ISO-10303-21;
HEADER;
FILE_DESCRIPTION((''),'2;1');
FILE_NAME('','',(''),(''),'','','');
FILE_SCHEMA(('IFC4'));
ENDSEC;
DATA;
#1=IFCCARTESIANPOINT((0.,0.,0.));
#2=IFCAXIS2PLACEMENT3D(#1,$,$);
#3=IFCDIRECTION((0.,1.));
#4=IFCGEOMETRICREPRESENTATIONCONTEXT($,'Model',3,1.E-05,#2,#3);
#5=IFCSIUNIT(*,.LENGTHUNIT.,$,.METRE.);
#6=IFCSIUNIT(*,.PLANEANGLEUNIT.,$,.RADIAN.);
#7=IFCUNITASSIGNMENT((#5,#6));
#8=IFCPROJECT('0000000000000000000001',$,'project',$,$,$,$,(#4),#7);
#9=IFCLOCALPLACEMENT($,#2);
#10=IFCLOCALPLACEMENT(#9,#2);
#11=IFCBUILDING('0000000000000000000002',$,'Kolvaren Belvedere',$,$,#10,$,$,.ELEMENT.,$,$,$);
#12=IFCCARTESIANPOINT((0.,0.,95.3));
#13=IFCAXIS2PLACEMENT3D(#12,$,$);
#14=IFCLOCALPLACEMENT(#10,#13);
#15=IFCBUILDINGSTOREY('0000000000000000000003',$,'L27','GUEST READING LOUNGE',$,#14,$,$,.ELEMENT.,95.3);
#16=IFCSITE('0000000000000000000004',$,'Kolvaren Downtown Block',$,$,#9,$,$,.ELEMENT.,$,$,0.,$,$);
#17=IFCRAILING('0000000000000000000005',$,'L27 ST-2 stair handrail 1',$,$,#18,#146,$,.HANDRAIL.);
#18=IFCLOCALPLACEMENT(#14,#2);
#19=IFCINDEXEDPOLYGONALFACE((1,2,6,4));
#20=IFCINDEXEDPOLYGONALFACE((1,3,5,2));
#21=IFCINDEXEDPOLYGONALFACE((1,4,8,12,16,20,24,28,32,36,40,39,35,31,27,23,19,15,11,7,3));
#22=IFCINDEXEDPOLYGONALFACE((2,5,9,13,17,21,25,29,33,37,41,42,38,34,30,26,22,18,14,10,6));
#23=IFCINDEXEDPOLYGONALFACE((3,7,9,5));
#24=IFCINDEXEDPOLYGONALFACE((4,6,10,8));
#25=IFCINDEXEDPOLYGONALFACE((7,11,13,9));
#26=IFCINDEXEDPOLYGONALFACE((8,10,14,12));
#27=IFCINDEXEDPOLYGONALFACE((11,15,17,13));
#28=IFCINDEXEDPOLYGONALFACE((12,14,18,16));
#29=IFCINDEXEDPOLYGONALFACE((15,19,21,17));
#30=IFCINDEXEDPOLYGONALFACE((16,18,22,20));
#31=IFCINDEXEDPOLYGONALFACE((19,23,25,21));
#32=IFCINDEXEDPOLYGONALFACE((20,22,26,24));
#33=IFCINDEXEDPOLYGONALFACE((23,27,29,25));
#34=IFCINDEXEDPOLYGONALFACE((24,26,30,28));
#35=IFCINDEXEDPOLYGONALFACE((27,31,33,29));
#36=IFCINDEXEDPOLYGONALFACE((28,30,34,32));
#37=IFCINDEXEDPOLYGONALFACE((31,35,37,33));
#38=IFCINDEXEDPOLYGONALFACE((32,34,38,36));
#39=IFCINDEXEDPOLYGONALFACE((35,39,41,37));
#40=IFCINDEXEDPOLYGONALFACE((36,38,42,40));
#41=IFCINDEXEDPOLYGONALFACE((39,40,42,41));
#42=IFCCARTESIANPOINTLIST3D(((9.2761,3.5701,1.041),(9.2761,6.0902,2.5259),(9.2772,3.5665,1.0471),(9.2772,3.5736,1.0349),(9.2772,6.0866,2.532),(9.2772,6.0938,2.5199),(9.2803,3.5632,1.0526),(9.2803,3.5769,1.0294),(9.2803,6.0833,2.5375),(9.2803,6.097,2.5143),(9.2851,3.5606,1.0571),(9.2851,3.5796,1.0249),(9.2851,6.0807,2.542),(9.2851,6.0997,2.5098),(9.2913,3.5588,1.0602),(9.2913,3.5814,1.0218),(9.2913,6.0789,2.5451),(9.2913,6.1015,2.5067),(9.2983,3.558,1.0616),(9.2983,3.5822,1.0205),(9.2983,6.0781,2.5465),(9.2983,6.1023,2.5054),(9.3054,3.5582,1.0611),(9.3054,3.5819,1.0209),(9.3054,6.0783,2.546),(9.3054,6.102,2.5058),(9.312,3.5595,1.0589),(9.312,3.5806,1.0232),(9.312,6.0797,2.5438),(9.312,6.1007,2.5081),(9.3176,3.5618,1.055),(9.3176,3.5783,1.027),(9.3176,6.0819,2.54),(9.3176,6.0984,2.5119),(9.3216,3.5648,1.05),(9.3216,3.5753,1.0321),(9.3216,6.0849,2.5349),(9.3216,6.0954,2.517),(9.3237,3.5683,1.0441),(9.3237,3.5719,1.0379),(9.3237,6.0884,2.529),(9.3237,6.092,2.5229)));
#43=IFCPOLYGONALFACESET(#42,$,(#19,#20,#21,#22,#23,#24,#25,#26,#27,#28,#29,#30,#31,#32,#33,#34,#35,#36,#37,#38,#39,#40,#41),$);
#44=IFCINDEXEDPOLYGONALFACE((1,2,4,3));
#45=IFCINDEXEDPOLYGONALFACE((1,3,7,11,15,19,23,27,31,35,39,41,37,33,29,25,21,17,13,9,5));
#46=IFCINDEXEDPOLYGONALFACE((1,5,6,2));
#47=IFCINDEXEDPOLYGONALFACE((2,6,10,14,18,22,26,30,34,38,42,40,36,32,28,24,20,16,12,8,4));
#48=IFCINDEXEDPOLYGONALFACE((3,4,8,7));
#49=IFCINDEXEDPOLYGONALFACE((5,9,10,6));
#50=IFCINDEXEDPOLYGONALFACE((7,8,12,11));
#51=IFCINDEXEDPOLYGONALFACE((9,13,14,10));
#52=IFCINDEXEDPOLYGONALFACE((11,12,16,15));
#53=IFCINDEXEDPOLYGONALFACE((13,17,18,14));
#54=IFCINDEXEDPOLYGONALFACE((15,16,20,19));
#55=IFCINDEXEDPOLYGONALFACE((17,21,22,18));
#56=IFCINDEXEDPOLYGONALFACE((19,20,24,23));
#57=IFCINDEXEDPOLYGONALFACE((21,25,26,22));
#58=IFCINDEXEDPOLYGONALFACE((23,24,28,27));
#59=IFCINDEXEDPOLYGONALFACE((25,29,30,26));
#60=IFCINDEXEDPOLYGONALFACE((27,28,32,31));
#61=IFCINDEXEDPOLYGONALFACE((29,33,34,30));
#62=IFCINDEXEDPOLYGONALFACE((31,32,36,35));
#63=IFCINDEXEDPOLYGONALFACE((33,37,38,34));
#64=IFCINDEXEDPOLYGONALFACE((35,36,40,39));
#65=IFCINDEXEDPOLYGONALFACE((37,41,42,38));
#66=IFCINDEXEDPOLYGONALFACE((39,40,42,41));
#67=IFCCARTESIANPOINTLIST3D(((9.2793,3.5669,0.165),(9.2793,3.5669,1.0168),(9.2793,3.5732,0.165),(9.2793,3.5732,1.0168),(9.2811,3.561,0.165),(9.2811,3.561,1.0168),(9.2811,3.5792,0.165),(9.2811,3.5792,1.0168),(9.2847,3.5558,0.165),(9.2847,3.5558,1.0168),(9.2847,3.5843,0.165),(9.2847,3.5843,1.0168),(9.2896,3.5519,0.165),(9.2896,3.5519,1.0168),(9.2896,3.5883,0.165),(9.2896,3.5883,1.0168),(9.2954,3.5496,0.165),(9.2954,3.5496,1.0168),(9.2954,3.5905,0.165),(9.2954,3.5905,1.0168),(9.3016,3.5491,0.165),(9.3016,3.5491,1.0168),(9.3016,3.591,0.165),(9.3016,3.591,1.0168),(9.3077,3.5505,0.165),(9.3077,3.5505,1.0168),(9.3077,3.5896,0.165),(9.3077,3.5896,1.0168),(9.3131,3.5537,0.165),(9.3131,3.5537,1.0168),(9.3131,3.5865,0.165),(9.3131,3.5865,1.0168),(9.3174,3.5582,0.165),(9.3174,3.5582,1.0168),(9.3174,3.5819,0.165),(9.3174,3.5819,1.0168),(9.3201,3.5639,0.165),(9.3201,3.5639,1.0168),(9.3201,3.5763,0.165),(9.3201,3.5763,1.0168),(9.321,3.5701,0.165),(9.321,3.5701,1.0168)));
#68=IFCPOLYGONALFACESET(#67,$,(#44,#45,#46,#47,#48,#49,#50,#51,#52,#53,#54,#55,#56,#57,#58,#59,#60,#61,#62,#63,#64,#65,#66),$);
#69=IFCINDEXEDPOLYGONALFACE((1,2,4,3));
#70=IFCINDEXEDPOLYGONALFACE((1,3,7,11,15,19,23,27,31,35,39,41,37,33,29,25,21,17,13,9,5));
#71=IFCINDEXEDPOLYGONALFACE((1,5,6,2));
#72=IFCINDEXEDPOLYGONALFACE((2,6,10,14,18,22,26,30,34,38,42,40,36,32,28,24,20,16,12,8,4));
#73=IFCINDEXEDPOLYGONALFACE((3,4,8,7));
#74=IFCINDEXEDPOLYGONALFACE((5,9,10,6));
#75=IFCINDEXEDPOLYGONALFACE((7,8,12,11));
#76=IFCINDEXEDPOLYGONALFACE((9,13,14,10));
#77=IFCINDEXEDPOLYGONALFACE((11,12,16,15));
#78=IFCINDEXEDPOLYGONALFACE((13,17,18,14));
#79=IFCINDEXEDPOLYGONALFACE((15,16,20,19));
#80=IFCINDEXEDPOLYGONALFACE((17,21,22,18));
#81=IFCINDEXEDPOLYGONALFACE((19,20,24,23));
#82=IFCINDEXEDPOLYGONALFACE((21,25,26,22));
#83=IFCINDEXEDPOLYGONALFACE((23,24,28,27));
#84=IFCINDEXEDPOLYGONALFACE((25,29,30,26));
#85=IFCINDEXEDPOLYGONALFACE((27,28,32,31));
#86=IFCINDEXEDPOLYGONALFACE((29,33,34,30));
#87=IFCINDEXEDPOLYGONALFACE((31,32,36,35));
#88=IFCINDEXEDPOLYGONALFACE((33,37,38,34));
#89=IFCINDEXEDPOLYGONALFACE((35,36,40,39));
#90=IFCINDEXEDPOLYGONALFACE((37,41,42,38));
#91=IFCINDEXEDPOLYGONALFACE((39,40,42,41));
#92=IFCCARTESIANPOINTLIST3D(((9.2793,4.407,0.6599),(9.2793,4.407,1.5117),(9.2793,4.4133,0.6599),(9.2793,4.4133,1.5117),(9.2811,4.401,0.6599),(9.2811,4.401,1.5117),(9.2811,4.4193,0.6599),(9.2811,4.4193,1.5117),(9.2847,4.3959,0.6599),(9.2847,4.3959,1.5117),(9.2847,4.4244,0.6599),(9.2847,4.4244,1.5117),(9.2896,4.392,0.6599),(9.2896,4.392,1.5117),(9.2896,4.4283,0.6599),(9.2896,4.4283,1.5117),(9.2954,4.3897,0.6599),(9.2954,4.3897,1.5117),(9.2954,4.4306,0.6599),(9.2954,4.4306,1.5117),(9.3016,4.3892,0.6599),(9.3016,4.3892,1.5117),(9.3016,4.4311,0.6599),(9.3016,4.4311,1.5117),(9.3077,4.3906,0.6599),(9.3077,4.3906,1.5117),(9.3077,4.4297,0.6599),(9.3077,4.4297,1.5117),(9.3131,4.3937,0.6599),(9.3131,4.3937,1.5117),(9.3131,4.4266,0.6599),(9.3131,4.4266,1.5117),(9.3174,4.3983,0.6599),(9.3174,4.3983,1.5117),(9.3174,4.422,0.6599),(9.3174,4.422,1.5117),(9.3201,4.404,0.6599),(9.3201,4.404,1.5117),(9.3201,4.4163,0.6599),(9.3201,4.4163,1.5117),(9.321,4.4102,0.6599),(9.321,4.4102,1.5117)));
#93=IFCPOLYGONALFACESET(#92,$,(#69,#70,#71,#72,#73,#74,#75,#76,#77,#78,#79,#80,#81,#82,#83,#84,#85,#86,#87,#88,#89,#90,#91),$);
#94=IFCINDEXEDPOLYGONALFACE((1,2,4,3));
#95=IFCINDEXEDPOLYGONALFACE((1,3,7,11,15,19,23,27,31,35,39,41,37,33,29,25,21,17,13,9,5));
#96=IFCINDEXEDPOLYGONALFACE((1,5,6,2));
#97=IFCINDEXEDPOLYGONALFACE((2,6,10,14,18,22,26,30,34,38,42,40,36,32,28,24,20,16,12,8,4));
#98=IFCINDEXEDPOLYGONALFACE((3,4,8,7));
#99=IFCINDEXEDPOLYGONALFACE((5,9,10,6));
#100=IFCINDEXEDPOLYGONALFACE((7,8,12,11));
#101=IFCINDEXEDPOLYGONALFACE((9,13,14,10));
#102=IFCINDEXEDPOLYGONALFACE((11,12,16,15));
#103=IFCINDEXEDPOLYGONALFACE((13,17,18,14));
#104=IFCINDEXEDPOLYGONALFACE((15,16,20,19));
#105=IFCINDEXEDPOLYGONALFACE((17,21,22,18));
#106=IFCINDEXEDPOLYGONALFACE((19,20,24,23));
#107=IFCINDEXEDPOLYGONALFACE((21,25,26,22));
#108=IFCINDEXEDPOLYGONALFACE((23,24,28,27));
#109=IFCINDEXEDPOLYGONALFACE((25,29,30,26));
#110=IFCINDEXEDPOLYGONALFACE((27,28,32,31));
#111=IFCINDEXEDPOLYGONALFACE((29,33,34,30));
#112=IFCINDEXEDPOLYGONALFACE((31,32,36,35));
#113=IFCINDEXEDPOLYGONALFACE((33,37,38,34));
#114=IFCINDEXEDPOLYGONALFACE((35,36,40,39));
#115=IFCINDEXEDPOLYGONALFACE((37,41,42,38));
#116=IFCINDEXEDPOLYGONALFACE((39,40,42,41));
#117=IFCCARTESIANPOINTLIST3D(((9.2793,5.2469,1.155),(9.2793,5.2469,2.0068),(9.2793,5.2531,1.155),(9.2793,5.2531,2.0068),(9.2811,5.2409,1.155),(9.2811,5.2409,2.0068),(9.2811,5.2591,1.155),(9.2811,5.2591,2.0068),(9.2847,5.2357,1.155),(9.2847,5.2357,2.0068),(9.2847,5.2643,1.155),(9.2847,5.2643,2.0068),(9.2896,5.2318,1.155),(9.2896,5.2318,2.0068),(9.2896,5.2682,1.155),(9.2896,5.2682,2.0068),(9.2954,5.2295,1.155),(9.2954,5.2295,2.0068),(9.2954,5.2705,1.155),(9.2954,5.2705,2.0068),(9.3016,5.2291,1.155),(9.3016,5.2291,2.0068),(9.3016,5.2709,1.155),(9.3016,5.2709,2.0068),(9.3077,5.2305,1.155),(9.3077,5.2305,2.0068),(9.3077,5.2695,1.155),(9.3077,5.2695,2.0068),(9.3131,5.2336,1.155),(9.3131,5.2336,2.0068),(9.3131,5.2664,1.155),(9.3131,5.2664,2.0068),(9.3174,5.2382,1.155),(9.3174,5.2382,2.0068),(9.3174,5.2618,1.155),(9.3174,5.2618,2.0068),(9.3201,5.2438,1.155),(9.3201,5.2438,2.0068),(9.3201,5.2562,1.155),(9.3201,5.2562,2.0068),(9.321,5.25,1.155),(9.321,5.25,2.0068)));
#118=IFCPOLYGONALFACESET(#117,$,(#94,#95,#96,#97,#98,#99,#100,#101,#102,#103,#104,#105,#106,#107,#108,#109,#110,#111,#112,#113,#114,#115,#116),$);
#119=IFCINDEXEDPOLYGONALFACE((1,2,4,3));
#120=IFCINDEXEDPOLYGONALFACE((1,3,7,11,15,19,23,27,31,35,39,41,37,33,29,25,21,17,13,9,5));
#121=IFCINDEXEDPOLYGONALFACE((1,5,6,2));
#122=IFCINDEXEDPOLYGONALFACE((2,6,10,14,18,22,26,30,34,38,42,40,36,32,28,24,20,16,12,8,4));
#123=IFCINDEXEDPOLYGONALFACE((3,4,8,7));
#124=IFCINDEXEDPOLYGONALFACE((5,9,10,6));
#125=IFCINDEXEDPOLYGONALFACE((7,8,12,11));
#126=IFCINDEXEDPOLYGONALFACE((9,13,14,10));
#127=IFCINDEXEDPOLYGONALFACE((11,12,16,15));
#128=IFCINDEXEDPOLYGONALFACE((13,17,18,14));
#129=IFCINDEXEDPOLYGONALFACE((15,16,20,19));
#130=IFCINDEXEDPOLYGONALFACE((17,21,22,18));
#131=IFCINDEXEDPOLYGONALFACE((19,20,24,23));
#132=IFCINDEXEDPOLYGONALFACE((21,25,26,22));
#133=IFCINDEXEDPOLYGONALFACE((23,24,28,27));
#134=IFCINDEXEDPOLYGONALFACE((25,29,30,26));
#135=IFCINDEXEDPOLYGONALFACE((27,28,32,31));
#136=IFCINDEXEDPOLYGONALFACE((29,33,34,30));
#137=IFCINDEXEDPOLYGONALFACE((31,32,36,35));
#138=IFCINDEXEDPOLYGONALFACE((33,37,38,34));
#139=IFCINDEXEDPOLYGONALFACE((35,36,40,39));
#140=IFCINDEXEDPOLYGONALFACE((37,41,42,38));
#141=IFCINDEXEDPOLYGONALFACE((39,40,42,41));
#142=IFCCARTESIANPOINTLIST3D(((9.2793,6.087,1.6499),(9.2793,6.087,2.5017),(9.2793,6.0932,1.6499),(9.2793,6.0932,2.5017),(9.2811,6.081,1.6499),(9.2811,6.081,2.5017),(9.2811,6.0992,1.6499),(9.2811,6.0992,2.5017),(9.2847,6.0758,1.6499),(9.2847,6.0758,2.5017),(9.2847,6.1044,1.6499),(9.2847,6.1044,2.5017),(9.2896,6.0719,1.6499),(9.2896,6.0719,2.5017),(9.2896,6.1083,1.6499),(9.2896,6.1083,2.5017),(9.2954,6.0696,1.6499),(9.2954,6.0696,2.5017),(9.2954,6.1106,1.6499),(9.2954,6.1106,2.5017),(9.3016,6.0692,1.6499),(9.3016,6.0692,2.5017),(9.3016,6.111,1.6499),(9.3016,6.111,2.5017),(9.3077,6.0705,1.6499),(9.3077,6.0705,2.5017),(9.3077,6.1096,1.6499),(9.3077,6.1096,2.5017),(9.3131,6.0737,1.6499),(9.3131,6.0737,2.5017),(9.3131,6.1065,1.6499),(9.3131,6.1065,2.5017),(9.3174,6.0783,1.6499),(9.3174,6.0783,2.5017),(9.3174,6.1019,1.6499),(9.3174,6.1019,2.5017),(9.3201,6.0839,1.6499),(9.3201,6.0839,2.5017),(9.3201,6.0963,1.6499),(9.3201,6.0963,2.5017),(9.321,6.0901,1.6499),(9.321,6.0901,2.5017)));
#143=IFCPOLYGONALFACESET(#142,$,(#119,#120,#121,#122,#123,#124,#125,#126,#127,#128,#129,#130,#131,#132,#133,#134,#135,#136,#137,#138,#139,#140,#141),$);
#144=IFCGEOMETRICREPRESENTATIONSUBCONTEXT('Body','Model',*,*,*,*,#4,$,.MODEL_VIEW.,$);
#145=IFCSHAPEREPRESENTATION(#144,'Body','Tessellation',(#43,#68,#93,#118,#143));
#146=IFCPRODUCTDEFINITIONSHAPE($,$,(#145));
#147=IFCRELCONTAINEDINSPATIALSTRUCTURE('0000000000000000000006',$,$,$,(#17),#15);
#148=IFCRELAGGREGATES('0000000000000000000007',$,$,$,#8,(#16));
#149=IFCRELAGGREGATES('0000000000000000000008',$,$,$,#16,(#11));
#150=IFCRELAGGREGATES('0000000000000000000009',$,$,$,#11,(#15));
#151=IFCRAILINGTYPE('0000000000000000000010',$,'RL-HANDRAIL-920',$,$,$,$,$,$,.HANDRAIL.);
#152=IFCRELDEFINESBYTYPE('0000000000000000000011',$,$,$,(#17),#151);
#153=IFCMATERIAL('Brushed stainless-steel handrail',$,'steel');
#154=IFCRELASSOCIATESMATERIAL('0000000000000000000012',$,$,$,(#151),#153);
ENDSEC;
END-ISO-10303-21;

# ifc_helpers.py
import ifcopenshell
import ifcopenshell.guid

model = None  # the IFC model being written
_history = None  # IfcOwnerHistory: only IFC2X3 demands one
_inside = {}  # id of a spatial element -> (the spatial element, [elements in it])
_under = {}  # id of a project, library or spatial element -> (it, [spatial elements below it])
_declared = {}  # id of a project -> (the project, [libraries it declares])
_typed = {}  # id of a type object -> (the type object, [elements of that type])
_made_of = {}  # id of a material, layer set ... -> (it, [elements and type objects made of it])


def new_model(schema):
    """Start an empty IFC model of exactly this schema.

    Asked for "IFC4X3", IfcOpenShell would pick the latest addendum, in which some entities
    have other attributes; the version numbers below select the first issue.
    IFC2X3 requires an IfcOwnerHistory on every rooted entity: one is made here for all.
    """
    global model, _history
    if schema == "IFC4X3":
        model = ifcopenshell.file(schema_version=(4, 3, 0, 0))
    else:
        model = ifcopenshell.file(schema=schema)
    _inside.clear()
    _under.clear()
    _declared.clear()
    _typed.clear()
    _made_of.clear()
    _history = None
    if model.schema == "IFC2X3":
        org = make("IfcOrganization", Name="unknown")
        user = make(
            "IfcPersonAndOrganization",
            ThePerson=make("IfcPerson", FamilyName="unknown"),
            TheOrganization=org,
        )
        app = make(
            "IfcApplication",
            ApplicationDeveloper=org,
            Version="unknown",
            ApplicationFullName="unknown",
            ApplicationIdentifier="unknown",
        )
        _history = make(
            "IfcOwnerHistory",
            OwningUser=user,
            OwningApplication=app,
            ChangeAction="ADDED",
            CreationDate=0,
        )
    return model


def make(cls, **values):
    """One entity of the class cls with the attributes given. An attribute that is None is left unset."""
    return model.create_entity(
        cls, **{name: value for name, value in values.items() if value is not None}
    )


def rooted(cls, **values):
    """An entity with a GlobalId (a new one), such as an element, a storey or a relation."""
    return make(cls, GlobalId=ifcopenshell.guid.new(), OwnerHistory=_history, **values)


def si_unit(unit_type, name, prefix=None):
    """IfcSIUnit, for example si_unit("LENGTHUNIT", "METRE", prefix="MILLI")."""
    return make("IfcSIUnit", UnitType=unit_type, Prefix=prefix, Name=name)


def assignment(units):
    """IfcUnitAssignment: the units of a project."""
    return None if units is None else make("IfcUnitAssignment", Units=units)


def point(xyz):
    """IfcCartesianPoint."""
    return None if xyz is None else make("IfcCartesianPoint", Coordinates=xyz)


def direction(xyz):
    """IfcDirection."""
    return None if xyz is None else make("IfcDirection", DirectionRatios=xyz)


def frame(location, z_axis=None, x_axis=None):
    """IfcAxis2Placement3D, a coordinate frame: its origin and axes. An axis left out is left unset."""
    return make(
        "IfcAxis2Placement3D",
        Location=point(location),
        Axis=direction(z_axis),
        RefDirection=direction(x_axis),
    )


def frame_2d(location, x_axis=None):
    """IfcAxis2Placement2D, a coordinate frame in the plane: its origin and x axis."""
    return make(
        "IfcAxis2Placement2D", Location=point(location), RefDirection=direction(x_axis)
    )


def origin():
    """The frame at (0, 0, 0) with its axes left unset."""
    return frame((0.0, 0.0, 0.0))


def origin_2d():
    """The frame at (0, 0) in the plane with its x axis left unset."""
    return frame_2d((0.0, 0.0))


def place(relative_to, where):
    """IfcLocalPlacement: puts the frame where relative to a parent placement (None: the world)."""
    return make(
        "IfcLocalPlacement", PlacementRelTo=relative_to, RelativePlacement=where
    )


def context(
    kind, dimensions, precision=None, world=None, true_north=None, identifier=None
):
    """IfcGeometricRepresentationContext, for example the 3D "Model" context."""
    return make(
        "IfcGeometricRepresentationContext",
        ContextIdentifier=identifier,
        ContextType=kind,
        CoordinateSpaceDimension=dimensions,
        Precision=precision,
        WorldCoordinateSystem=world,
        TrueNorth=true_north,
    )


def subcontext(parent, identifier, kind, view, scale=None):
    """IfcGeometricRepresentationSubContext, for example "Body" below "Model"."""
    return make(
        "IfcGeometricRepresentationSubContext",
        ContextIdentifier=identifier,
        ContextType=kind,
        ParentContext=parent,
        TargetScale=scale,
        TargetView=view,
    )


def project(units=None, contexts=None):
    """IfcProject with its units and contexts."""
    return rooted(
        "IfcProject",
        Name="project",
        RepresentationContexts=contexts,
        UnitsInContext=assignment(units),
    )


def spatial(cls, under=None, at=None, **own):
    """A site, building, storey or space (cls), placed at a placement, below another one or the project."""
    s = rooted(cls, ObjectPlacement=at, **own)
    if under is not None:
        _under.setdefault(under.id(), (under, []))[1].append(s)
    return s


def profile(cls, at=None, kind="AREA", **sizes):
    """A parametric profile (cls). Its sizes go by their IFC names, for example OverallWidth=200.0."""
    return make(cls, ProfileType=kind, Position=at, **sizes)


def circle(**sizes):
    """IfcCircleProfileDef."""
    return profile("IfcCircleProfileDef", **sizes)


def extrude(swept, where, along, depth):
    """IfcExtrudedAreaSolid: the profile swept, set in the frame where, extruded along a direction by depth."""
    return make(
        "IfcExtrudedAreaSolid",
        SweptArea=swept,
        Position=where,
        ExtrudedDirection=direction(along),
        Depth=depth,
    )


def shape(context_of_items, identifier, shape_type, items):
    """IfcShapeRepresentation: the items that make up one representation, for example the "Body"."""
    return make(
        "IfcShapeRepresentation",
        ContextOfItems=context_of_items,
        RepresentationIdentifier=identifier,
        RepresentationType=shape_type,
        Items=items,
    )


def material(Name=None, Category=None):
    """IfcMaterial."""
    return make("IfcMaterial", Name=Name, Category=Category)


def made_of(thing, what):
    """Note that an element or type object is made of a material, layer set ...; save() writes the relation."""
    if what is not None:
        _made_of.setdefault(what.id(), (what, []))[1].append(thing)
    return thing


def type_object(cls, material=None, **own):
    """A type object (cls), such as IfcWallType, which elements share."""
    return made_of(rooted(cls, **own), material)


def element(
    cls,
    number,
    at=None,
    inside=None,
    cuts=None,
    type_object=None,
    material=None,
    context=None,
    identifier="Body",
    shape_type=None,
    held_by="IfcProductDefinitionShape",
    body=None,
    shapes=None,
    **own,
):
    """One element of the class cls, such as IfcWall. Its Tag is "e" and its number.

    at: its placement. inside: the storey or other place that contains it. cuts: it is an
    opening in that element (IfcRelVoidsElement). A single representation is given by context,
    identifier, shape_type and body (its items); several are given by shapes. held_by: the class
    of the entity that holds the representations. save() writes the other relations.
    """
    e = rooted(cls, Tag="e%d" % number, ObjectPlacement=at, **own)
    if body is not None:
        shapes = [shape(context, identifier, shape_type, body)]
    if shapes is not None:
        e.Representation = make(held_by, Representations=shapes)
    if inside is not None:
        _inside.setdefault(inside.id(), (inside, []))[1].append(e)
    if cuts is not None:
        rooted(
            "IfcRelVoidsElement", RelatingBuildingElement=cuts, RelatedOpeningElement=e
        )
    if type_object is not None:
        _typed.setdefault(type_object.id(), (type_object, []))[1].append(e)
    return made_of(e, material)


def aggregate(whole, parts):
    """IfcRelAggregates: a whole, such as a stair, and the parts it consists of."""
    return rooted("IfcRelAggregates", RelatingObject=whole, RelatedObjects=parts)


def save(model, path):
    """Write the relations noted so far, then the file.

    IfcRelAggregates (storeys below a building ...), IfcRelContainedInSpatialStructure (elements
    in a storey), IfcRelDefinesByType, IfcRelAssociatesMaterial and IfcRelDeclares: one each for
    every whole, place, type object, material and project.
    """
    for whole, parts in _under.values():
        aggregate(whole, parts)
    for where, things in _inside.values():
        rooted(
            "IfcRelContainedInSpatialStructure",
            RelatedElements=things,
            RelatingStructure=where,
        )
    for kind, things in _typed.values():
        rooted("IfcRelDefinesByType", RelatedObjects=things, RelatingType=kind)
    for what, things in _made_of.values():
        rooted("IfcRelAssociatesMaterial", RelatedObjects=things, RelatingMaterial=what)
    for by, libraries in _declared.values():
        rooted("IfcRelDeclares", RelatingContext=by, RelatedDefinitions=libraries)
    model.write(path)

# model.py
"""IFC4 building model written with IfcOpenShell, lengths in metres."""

from ifc_helpers import new_model, si_unit, direction, frame, origin, origin_2d, place, context, subcontext, project, spatial, circle, extrude, material, type_object, element, save


model = new_model("IFC4")

# Units and contexts
model_context = context("Model", 3, precision=1e-05, world=origin(), true_north=direction((0.0, 1.0)))
body_context = subcontext(model_context, "Body", "Model", "MODEL_VIEW")
ifc_project = project(units=[si_unit("LENGTHUNIT", "METRE"), si_unit("PLANEANGLEUNIT", "RADIAN")], contexts=[model_context])

# Site, building, storey
site_placement = place(None, origin())
site = spatial("IfcSite", under=ifc_project, at=site_placement, Name="Kolvaren Downtown Block", CompositionType="ELEMENT", RefElevation=0.0)
building_placement = place(site_placement, origin())
building = spatial("IfcBuilding", under=site, at=building_placement, Name="Kolvaren Belvedere", CompositionType="ELEMENT")
storey_placement = place(building_placement, frame((0.0, 0.0, 95.3)))
storey = spatial("IfcBuildingStorey", under=building, at=storey_placement, Name="L27", Description="GUEST READING LOUNGE", CompositionType="ELEMENT", Elevation=95.3)

# Railing
ifc_material_1 = material(Name="Brushed stainless-steel handrail", Category="steel")
railing_type_1 = type_object("IfcRailingType", Name="RL-HANDRAIL-920", PredefinedType="HANDRAIL", material=ifc_material_1)
railing_1_placement = place(storey_placement, frame((9.3, 3.5701, 0.165)))
element("IfcRailing", 1, at=railing_1_placement, inside=storey, type_object=railing_type_1, Name="L27 ST-2 stair handrail 1", PredefinedType="HANDRAIL", context=body_context, shape_type="SweptSolid", body=[
    extrude(circle(Radius=0.0239, at=origin_2d()), frame((0.0, 0.0, 0.876), z_axis=(0.0, 0.861561, 0.507655), x_axis=(-1.0, 0.0, 0.0)), (0.0, 0.0, 1.0), 2.925),
    extrude(circle(Radius=0.021, at=origin_2d()), origin(), (0.0, 0.0, 1.0), 0.8518),
    extrude(circle(Radius=0.021, at=origin_2d()), frame((0.0, 0.8401, 0.4949)), (0.0, 0.0, 1.0), 0.8518),
    extrude(circle(Radius=0.021, at=origin_2d()), frame((0.0, 1.6799, 0.99)), (0.0, 0.0, 1.0), 0.8518),
    extrude(circle(Radius=0.021, at=origin_2d()), frame((0.0, 2.52, 1.4849)), (0.0, 0.0, 1.0), 0.8518),
])

save(model, "model.ifc")
